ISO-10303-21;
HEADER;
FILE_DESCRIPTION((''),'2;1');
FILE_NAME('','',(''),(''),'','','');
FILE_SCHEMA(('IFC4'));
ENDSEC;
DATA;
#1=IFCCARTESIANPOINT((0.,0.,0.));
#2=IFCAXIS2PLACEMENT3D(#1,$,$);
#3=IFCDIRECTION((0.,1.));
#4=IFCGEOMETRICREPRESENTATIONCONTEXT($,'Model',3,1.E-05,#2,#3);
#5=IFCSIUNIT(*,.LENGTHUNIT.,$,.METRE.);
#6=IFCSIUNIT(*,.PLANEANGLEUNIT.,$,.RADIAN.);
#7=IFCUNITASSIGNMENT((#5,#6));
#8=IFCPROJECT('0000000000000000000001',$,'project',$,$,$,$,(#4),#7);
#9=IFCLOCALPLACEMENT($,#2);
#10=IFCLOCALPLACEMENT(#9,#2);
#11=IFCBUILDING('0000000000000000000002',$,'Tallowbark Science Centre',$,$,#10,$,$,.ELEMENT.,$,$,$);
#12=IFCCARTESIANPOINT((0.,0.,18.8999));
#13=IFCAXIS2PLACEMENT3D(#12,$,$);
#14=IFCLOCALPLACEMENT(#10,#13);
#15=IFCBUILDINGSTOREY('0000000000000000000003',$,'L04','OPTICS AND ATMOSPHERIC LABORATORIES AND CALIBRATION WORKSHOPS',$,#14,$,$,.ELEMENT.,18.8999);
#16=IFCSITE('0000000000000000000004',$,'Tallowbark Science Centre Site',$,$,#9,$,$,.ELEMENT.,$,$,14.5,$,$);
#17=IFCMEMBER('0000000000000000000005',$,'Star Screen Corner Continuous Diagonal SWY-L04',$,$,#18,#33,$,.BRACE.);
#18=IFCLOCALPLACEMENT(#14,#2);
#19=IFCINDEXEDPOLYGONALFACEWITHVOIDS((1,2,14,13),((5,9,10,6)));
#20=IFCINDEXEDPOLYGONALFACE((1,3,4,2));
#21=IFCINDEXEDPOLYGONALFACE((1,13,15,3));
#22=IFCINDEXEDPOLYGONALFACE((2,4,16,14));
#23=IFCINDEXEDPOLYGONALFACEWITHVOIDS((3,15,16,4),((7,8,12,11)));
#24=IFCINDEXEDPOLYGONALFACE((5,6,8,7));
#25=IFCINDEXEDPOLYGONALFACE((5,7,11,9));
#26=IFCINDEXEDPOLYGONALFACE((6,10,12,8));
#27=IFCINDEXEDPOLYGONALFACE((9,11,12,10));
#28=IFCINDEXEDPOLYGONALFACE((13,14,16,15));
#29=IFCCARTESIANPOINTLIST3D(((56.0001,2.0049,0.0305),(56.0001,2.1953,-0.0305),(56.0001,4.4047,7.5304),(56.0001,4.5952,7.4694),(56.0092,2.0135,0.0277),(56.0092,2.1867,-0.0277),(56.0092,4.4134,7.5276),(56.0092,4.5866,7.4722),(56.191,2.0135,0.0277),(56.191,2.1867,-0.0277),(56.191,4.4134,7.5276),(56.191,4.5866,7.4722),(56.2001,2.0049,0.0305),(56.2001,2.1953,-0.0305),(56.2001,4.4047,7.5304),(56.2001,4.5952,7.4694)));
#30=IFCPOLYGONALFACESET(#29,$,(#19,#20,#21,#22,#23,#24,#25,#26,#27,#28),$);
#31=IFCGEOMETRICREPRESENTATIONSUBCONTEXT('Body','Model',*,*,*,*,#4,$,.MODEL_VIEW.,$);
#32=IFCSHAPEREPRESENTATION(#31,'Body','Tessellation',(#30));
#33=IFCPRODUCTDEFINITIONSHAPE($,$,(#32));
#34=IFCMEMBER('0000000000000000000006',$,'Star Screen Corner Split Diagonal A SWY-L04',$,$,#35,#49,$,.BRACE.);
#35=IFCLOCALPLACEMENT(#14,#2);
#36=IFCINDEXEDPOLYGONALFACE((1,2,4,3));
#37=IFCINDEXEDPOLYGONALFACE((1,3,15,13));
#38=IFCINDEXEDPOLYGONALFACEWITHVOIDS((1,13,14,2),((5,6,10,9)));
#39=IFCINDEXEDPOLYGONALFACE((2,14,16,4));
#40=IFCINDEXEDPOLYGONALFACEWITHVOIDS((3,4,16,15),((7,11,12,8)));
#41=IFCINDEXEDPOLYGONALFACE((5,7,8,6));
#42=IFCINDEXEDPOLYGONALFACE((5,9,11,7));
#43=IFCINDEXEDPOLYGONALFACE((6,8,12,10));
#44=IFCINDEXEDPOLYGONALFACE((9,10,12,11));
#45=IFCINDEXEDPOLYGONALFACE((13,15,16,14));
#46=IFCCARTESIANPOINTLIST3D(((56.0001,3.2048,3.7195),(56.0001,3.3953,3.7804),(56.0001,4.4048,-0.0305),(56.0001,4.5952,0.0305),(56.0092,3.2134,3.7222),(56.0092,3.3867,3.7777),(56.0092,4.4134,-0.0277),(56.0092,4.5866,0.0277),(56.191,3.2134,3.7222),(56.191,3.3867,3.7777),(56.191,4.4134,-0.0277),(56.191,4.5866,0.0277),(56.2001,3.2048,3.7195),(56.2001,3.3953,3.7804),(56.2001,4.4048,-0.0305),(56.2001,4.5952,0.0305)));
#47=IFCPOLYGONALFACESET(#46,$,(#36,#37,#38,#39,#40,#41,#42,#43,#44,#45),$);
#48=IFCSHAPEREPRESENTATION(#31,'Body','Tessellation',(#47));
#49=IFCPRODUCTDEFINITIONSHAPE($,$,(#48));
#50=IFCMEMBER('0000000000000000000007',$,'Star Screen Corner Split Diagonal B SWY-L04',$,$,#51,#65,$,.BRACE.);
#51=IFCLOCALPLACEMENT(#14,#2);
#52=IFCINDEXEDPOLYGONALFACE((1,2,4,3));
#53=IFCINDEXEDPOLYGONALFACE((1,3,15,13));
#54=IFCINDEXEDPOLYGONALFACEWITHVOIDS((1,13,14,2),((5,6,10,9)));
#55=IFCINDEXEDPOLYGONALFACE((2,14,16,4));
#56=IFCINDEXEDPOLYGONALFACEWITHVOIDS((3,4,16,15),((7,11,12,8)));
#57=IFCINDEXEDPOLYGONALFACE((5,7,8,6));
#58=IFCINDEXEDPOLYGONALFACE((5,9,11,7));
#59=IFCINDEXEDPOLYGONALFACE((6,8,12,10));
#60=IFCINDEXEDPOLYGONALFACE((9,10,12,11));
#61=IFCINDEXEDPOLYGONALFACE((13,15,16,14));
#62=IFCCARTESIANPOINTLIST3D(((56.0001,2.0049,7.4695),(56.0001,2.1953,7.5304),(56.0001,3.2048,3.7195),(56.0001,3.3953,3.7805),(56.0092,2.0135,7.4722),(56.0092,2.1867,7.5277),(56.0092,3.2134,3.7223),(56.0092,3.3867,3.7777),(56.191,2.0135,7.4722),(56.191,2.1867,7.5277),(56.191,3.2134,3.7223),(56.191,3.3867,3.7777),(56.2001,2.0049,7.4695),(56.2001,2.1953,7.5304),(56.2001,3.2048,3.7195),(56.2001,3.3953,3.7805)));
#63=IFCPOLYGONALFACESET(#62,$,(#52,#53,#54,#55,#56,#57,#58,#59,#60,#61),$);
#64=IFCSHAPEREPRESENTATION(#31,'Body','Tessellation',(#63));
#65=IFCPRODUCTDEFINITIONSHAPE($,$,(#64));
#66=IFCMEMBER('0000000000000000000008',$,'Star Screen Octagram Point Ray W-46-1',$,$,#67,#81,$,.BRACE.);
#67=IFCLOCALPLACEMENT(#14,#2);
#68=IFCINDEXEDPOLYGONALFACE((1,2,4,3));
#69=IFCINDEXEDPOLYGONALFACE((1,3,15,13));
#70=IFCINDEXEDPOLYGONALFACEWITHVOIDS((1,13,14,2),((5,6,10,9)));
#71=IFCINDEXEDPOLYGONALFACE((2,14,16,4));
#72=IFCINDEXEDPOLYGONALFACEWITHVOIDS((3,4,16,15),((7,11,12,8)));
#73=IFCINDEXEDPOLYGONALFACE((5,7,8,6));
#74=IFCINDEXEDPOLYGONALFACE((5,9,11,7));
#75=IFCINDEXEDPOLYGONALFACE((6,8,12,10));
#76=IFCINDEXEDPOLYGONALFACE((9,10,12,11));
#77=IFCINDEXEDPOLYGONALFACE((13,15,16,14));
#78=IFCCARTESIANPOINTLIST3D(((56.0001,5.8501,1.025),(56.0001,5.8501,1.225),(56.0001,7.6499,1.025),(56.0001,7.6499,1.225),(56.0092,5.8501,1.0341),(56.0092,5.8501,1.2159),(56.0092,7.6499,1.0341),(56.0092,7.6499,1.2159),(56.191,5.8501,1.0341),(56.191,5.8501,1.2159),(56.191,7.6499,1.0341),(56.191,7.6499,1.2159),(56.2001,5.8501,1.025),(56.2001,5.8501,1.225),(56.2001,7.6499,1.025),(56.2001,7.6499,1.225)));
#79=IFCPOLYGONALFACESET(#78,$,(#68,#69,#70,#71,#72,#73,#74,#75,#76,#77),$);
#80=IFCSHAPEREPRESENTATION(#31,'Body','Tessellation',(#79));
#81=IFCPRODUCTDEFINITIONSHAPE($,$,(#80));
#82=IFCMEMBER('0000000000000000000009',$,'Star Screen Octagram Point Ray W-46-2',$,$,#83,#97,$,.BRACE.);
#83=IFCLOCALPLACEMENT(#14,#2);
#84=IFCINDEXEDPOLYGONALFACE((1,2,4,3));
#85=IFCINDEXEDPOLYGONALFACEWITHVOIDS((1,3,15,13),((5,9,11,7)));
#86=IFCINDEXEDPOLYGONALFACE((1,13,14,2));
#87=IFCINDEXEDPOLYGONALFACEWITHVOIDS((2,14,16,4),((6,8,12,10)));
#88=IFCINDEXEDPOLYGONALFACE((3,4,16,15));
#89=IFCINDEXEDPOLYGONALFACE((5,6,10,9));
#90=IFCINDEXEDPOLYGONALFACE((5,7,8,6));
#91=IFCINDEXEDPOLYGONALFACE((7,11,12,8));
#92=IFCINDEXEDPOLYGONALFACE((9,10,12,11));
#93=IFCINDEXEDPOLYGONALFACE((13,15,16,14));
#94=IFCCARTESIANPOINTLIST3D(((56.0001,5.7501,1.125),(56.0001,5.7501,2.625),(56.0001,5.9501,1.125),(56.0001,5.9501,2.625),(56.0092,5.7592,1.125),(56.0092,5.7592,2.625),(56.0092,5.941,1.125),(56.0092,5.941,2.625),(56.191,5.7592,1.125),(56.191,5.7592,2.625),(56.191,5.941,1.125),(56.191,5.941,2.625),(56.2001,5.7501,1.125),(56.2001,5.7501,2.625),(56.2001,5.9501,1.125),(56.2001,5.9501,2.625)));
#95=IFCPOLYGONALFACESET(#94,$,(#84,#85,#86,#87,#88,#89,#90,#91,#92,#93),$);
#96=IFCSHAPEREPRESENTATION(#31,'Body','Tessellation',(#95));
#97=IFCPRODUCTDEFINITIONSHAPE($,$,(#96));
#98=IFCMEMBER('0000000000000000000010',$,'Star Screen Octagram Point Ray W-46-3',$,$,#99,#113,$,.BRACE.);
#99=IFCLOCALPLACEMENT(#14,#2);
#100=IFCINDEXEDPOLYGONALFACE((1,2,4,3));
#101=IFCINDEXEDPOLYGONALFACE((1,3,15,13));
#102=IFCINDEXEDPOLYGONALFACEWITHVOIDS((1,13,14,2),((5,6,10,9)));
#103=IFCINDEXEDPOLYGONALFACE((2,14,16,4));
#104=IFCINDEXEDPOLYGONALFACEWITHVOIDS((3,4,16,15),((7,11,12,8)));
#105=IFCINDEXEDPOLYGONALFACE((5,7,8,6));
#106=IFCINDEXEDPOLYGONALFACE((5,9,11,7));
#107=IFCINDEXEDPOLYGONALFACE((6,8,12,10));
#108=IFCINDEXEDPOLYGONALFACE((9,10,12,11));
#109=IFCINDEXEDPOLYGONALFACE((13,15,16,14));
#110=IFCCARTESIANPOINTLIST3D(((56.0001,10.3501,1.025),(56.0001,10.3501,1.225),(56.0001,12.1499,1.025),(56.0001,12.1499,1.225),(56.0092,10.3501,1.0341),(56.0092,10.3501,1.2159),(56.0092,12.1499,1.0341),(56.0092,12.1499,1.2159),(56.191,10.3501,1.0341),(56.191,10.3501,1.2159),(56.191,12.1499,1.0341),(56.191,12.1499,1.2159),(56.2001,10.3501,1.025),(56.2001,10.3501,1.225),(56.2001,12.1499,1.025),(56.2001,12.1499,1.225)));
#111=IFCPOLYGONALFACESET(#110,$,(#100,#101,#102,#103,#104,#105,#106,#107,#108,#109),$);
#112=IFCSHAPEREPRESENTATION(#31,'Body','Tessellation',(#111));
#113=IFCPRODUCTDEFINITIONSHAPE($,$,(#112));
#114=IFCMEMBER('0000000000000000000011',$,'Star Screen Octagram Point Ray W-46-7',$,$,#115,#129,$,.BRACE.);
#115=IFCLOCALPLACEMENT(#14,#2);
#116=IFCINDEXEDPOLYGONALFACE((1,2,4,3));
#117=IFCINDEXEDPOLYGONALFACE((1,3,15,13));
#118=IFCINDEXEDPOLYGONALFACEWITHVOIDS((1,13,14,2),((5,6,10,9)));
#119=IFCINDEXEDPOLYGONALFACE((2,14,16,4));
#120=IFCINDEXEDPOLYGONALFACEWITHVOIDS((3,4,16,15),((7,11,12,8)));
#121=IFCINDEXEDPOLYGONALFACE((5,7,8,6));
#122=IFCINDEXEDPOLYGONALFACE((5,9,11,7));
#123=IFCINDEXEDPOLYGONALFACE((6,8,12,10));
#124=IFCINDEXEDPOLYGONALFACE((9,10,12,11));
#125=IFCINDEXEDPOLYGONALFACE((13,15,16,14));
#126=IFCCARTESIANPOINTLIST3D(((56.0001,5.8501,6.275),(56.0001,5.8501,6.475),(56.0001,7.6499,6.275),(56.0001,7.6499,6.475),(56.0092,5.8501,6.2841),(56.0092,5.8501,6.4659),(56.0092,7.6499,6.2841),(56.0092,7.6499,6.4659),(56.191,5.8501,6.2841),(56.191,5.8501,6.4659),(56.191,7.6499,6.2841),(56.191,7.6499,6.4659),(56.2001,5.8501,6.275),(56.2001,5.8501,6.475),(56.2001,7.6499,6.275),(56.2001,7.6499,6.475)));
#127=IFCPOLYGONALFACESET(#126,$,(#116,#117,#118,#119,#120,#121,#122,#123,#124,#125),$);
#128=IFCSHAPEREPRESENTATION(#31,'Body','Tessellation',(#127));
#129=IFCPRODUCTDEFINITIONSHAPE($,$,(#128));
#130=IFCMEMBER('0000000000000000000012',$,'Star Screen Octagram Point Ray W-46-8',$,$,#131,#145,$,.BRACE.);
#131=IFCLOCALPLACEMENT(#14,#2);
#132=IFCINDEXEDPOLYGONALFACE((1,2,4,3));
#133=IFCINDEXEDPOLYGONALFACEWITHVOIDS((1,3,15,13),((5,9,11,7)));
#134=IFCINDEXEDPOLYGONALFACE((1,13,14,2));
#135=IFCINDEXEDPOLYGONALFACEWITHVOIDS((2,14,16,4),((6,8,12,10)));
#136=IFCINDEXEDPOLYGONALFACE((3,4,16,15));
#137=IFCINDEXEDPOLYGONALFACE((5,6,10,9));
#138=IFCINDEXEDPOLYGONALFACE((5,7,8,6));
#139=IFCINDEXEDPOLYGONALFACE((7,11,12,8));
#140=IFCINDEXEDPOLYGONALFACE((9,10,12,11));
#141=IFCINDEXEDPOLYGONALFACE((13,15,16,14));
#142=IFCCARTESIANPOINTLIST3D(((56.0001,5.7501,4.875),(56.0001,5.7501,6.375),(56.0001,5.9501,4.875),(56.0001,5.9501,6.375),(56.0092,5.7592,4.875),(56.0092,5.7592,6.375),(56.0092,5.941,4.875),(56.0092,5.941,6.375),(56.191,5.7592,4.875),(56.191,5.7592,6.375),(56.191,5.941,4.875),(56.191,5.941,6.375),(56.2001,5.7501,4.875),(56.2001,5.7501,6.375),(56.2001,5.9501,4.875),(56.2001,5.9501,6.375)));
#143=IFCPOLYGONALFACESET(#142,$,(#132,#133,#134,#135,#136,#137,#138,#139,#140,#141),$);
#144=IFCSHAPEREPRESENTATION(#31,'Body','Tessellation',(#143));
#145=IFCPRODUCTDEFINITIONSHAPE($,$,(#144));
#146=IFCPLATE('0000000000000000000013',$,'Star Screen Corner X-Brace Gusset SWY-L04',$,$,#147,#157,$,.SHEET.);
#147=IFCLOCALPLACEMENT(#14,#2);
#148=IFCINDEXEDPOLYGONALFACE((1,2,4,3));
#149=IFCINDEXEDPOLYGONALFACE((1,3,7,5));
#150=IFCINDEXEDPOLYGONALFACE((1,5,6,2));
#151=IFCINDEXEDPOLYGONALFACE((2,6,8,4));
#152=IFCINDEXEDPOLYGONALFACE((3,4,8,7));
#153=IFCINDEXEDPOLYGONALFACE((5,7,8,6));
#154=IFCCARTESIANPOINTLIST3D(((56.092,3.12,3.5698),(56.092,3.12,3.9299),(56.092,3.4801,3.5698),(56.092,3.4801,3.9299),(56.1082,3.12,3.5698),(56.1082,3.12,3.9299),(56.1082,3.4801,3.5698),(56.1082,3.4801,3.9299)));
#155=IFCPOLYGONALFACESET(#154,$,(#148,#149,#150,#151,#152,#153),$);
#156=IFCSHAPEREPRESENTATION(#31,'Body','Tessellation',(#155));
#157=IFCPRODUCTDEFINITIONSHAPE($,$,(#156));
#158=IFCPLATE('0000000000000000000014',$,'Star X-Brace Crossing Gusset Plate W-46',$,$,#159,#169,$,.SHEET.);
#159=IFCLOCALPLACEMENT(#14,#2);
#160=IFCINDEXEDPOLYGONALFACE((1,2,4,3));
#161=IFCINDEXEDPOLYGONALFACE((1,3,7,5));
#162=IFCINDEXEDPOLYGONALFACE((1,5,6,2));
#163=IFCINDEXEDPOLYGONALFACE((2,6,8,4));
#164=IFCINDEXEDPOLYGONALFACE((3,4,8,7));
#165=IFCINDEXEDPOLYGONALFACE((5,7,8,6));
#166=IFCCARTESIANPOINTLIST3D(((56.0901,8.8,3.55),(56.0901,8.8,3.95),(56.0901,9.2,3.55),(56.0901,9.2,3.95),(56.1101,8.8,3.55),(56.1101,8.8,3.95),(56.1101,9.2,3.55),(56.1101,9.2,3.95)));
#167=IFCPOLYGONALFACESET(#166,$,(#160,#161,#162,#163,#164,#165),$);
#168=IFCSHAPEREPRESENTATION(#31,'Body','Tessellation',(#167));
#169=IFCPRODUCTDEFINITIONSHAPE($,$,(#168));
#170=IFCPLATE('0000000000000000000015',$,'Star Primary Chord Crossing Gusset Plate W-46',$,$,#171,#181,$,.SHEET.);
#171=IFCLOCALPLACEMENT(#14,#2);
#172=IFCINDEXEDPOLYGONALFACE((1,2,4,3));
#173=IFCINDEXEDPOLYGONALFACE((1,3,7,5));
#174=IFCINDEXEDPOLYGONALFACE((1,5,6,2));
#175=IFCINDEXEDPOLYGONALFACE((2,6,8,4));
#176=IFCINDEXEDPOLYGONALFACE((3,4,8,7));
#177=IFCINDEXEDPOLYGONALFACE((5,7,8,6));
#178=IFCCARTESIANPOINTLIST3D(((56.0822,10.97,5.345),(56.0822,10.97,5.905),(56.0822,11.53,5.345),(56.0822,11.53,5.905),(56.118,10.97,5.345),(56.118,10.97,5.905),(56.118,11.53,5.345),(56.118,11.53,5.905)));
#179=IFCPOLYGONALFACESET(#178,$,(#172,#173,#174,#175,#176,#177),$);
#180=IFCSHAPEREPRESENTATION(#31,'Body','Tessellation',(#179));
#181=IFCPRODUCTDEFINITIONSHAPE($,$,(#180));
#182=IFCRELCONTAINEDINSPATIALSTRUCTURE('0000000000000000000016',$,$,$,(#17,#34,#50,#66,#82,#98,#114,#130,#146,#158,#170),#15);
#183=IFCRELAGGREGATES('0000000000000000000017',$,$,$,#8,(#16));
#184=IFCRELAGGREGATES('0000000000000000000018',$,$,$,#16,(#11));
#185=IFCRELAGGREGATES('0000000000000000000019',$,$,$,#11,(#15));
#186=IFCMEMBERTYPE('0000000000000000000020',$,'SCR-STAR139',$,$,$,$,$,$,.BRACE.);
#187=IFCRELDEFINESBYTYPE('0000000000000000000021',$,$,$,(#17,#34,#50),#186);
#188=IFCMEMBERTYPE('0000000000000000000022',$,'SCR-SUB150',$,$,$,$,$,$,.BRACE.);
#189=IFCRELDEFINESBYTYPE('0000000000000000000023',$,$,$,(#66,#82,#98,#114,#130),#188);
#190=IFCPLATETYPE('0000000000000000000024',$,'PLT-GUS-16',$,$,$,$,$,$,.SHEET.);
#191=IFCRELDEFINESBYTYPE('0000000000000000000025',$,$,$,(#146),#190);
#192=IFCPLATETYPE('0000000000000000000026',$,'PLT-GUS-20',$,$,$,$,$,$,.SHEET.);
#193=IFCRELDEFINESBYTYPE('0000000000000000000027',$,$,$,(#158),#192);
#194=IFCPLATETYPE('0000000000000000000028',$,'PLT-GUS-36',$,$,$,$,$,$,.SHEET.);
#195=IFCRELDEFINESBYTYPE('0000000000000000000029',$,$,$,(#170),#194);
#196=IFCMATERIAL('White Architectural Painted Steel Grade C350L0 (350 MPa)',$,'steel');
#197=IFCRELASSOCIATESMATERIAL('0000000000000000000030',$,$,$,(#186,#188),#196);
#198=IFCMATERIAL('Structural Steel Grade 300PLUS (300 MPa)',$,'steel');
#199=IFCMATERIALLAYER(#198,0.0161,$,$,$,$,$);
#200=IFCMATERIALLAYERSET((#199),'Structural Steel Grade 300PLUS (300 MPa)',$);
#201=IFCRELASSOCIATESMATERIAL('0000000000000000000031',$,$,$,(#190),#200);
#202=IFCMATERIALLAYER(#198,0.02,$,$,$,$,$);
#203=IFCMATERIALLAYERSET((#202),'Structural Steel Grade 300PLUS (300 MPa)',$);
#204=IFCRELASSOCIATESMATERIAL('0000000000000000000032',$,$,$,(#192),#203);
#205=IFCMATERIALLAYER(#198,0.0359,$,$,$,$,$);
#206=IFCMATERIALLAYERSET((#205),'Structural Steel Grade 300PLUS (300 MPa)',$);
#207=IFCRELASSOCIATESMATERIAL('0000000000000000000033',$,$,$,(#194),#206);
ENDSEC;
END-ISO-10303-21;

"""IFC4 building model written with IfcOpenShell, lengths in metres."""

from ifc_helpers import new_model, si_unit, direction, frame, origin, origin_2d, place, context, subcontext, project, spatial, rectangle, hollow_rectangle, extrude, material, layer, layer_set, material_profile, profile_set, type_object, element, save


model = new_model("IFC4")

# Units and contexts
model_context = context("Model", 3, precision=1e-05, world=origin(), true_north=direction((0.0, 1.0)))
body_context = subcontext(model_context, "Body", "Model", "MODEL_VIEW")
ifc_project = project(units=[si_unit("LENGTHUNIT", "METRE"), si_unit("PLANEANGLEUNIT", "RADIAN")], contexts=[model_context])

# Site, building, storey
site_placement = place(None, origin())
site = spatial("IfcSite", under=ifc_project, at=site_placement, Name="Tallowbark Science Centre Site", CompositionType="ELEMENT", RefElevation=14.5)
building_placement = place(site_placement, origin())
building = spatial("IfcBuilding", under=site, at=building_placement, Name="Tallowbark Science Centre", CompositionType="ELEMENT")
storey_placement = place(building_placement, frame((0.0, 0.0, 18.8999)))
storey = spatial("IfcBuildingStorey", under=building, at=storey_placement, Name="L04", Description="OPTICS AND ATMOSPHERIC LABORATORIES AND CALIBRATION WORKSHOPS", CompositionType="ELEMENT", Elevation=18.8999)

# Shared definitions
ifc_material_1 = material(Name="White Architectural Painted Steel Grade C350L0 (350 MPa)", Category="steel")

# Members
ifc_material_profile_1 = material_profile(ifc_material_1, hollow_rectangle(XDim=0.2, YDim=0.2, WallThickness=0.009, at=origin_2d()), Name="200x200x9.0SHS")
ifc_profile_set_1 = profile_set([ifc_material_profile_1], Name="White Architectural Painted Steel Grade C350L0 (350 MPa)")
member_type_1 = type_object("IfcMemberType", Name="SCR-STAR139", PredefinedType="BRACE", material=ifc_profile_set_1)
member_1_placement = place(storey_placement, frame((56.1001, 2.1001, 0.0), z_axis=(0.0, 0.304764, 0.952428), x_axis=(-1.0, 0.0, 0.0)))
element("IfcMember", 1, at=member_1_placement, inside=storey, type_object=member_type_1, Name="Star Screen Corner Continuous Diagonal SWY-L04", PredefinedType="BRACE", context=body_context, shape_type="SweptSolid", body=[
    extrude(hollow_rectangle(XDim=0.2, YDim=0.2, WallThickness=0.009, at=origin_2d()), origin(), (0.0, 0.0, 1.0), 7.8745),
])
for number, where, z_axis, x_axis, name in (
    (2, (56.1001, 4.5, 0.0), (0.0, -0.304764, 0.952428), (1.0, 0.0, 0.0), "Star Screen Corner Split Diagonal A SWY-L04"),
    (3, (56.1001, 3.3, 3.75), (0.0, -0.304764, 0.952428), (1.0, 0.0, 0.0), "Star Screen Corner Split Diagonal B SWY-L04"),
):
    element("IfcMember", number, at=place(storey_placement, frame(where, z_axis=z_axis, x_axis=x_axis)), inside=storey, type_object=member_type_1, Name=name, PredefinedType="BRACE", context=body_context, shape_type="SweptSolid", body=[
        extrude(hollow_rectangle(XDim=0.2, YDim=0.2, WallThickness=0.009, at=origin_2d()), origin(), (0.0, 0.0, 1.0), 3.9373),
    ])
ifc_material_profile_2 = material_profile(ifc_material_1, hollow_rectangle(XDim=0.2, YDim=0.2, WallThickness=0.009, at=origin_2d()), Name="200x200x9.0SHS")
ifc_profile_set_2 = profile_set([ifc_material_profile_2], Name="White Architectural Painted Steel Grade C350L0 (350 MPa)")
member_type_2 = type_object("IfcMemberType", Name="SCR-SUB150", PredefinedType="BRACE", material=ifc_profile_set_2)
member_2_placement = place(storey_placement, frame((56.1001, 5.8501, 1.125), z_axis=(0.0, 1.0, 0.0), x_axis=(-1.0, 0.0, 0.0)))
element("IfcMember", 4, at=member_2_placement, inside=storey, type_object=member_type_2, Name="Star Screen Octagram Point Ray W-46-1", PredefinedType="BRACE", context=body_context, shape_type="SweptSolid", body=[
    extrude(hollow_rectangle(XDim=0.2, YDim=0.2, WallThickness=0.009, at=origin_2d()), origin(), (0.0, 0.0, 1.0), 1.7998),
])
member_3_placement = place(storey_placement, frame((56.1001, 5.8501, 1.125), z_axis=(0.0, 0.0, 1.0), x_axis=(1.0, 0.0, 0.0)))
element("IfcMember", 5, at=member_3_placement, inside=storey, type_object=member_type_2, Name="Star Screen Octagram Point Ray W-46-2", PredefinedType="BRACE", context=body_context, shape_type="SweptSolid", body=[
    extrude(hollow_rectangle(XDim=0.2, YDim=0.2, WallThickness=0.009, at=origin_2d()), origin(), (0.0, 0.0, 1.0), 1.5),
])
for number, where, z_axis, x_axis, name in (
    (6, (56.1001, 12.1499, 1.125), (0.0, -1.0, 0.0), (1.0, 0.0, 0.0), "Star Screen Octagram Point Ray W-46-3"),
    (7, (56.1001, 5.8501, 6.375), (0.0, 1.0, 0.0), (-1.0, 0.0, 0.0), "Star Screen Octagram Point Ray W-46-7"),
):
    element("IfcMember", number, at=place(storey_placement, frame(where, z_axis=z_axis, x_axis=x_axis)), inside=storey, type_object=member_type_2, Name=name, PredefinedType="BRACE", context=body_context, shape_type="SweptSolid", body=[
        extrude(hollow_rectangle(XDim=0.2, YDim=0.2, WallThickness=0.009, at=origin_2d()), origin(), (0.0, 0.0, 1.0), 1.7998),
    ])
member_4_placement = place(storey_placement, frame((56.1001, 5.8501, 6.375), z_axis=(0.0, 0.0, -1.0), x_axis=(1.0, 0.0, 0.0)))
element("IfcMember", 8, at=member_4_placement, inside=storey, type_object=member_type_2, Name="Star Screen Octagram Point Ray W-46-8", PredefinedType="BRACE", context=body_context, shape_type="SweptSolid", body=[
    extrude(hollow_rectangle(XDim=0.2, YDim=0.2, WallThickness=0.009, at=origin_2d()), origin(), (0.0, 0.0, 1.0), 1.5),
])

# Plates
ifc_material_2 = material(Name="Structural Steel Grade 300PLUS (300 MPa)", Category="steel")
ifc_layer_1 = layer(ifc_material_2, 0.0161)
ifc_layer_set_1 = layer_set([ifc_layer_1], Name="Structural Steel Grade 300PLUS (300 MPa)")
plate_type_1 = type_object("IfcPlateType", Name="PLT-GUS-16", PredefinedType="SHEET", material=ifc_layer_set_1)
plate_1_placement = place(storey_placement, frame((56.1001, 3.3, 3.5698), z_axis=(0.0, 0.0, 1.0), x_axis=(0.0, 1.0, 0.0)))
element("IfcPlate", 9, at=plate_1_placement, inside=storey, type_object=plate_type_1, Name="Star Screen Corner X-Brace Gusset SWY-L04", PredefinedType="SHEET", context=body_context, shape_type="SweptSolid", body=[
    extrude(rectangle(XDim=0.3601, YDim=0.0161, at=origin_2d()), origin(), (0.0, 0.0, 1.0), 0.3601),
])
ifc_layer_2 = layer(ifc_material_2, 0.02)
ifc_layer_set_2 = layer_set([ifc_layer_2], Name="Structural Steel Grade 300PLUS (300 MPa)")
plate_type_2 = type_object("IfcPlateType", Name="PLT-GUS-20", PredefinedType="SHEET", material=ifc_layer_set_2)
plate_2_placement = place(storey_placement, frame((56.1001, 9.0, 3.55), z_axis=(0.0, 0.0, 1.0), x_axis=(0.0, 1.0, 0.0)))
element("IfcPlate", 10, at=plate_2_placement, inside=storey, type_object=plate_type_2, Name="Star X-Brace Crossing Gusset Plate W-46", PredefinedType="SHEET", context=body_context, shape_type="SweptSolid", body=[
    extrude(rectangle(XDim=0.3999, YDim=0.02, at=origin_2d()), origin(), (0.0, 0.0, 1.0), 0.3999),
])
ifc_layer_3 = layer(ifc_material_2, 0.0359)
ifc_layer_set_3 = layer_set([ifc_layer_3], Name="Structural Steel Grade 300PLUS (300 MPa)")
plate_type_3 = type_object("IfcPlateType", Name="PLT-GUS-36", PredefinedType="SHEET", material=ifc_layer_set_3)
plate_3_placement = place(storey_placement, frame((56.1001, 11.25, 5.345), z_axis=(0.0, 0.0, 1.0), x_axis=(0.0, 1.0, 0.0)))
element("IfcPlate", 11, at=plate_3_placement, inside=storey, type_object=plate_type_3, Name="Star Primary Chord Crossing Gusset Plate W-46", PredefinedType="SHEET", context=body_context, shape_type="SweptSolid", body=[
    extrude(rectangle(XDim=0.5601, YDim=0.0359, at=origin_2d()), origin(), (0.0, 0.0, 1.0), 0.5601),
])

save(model, "model.ifc")
